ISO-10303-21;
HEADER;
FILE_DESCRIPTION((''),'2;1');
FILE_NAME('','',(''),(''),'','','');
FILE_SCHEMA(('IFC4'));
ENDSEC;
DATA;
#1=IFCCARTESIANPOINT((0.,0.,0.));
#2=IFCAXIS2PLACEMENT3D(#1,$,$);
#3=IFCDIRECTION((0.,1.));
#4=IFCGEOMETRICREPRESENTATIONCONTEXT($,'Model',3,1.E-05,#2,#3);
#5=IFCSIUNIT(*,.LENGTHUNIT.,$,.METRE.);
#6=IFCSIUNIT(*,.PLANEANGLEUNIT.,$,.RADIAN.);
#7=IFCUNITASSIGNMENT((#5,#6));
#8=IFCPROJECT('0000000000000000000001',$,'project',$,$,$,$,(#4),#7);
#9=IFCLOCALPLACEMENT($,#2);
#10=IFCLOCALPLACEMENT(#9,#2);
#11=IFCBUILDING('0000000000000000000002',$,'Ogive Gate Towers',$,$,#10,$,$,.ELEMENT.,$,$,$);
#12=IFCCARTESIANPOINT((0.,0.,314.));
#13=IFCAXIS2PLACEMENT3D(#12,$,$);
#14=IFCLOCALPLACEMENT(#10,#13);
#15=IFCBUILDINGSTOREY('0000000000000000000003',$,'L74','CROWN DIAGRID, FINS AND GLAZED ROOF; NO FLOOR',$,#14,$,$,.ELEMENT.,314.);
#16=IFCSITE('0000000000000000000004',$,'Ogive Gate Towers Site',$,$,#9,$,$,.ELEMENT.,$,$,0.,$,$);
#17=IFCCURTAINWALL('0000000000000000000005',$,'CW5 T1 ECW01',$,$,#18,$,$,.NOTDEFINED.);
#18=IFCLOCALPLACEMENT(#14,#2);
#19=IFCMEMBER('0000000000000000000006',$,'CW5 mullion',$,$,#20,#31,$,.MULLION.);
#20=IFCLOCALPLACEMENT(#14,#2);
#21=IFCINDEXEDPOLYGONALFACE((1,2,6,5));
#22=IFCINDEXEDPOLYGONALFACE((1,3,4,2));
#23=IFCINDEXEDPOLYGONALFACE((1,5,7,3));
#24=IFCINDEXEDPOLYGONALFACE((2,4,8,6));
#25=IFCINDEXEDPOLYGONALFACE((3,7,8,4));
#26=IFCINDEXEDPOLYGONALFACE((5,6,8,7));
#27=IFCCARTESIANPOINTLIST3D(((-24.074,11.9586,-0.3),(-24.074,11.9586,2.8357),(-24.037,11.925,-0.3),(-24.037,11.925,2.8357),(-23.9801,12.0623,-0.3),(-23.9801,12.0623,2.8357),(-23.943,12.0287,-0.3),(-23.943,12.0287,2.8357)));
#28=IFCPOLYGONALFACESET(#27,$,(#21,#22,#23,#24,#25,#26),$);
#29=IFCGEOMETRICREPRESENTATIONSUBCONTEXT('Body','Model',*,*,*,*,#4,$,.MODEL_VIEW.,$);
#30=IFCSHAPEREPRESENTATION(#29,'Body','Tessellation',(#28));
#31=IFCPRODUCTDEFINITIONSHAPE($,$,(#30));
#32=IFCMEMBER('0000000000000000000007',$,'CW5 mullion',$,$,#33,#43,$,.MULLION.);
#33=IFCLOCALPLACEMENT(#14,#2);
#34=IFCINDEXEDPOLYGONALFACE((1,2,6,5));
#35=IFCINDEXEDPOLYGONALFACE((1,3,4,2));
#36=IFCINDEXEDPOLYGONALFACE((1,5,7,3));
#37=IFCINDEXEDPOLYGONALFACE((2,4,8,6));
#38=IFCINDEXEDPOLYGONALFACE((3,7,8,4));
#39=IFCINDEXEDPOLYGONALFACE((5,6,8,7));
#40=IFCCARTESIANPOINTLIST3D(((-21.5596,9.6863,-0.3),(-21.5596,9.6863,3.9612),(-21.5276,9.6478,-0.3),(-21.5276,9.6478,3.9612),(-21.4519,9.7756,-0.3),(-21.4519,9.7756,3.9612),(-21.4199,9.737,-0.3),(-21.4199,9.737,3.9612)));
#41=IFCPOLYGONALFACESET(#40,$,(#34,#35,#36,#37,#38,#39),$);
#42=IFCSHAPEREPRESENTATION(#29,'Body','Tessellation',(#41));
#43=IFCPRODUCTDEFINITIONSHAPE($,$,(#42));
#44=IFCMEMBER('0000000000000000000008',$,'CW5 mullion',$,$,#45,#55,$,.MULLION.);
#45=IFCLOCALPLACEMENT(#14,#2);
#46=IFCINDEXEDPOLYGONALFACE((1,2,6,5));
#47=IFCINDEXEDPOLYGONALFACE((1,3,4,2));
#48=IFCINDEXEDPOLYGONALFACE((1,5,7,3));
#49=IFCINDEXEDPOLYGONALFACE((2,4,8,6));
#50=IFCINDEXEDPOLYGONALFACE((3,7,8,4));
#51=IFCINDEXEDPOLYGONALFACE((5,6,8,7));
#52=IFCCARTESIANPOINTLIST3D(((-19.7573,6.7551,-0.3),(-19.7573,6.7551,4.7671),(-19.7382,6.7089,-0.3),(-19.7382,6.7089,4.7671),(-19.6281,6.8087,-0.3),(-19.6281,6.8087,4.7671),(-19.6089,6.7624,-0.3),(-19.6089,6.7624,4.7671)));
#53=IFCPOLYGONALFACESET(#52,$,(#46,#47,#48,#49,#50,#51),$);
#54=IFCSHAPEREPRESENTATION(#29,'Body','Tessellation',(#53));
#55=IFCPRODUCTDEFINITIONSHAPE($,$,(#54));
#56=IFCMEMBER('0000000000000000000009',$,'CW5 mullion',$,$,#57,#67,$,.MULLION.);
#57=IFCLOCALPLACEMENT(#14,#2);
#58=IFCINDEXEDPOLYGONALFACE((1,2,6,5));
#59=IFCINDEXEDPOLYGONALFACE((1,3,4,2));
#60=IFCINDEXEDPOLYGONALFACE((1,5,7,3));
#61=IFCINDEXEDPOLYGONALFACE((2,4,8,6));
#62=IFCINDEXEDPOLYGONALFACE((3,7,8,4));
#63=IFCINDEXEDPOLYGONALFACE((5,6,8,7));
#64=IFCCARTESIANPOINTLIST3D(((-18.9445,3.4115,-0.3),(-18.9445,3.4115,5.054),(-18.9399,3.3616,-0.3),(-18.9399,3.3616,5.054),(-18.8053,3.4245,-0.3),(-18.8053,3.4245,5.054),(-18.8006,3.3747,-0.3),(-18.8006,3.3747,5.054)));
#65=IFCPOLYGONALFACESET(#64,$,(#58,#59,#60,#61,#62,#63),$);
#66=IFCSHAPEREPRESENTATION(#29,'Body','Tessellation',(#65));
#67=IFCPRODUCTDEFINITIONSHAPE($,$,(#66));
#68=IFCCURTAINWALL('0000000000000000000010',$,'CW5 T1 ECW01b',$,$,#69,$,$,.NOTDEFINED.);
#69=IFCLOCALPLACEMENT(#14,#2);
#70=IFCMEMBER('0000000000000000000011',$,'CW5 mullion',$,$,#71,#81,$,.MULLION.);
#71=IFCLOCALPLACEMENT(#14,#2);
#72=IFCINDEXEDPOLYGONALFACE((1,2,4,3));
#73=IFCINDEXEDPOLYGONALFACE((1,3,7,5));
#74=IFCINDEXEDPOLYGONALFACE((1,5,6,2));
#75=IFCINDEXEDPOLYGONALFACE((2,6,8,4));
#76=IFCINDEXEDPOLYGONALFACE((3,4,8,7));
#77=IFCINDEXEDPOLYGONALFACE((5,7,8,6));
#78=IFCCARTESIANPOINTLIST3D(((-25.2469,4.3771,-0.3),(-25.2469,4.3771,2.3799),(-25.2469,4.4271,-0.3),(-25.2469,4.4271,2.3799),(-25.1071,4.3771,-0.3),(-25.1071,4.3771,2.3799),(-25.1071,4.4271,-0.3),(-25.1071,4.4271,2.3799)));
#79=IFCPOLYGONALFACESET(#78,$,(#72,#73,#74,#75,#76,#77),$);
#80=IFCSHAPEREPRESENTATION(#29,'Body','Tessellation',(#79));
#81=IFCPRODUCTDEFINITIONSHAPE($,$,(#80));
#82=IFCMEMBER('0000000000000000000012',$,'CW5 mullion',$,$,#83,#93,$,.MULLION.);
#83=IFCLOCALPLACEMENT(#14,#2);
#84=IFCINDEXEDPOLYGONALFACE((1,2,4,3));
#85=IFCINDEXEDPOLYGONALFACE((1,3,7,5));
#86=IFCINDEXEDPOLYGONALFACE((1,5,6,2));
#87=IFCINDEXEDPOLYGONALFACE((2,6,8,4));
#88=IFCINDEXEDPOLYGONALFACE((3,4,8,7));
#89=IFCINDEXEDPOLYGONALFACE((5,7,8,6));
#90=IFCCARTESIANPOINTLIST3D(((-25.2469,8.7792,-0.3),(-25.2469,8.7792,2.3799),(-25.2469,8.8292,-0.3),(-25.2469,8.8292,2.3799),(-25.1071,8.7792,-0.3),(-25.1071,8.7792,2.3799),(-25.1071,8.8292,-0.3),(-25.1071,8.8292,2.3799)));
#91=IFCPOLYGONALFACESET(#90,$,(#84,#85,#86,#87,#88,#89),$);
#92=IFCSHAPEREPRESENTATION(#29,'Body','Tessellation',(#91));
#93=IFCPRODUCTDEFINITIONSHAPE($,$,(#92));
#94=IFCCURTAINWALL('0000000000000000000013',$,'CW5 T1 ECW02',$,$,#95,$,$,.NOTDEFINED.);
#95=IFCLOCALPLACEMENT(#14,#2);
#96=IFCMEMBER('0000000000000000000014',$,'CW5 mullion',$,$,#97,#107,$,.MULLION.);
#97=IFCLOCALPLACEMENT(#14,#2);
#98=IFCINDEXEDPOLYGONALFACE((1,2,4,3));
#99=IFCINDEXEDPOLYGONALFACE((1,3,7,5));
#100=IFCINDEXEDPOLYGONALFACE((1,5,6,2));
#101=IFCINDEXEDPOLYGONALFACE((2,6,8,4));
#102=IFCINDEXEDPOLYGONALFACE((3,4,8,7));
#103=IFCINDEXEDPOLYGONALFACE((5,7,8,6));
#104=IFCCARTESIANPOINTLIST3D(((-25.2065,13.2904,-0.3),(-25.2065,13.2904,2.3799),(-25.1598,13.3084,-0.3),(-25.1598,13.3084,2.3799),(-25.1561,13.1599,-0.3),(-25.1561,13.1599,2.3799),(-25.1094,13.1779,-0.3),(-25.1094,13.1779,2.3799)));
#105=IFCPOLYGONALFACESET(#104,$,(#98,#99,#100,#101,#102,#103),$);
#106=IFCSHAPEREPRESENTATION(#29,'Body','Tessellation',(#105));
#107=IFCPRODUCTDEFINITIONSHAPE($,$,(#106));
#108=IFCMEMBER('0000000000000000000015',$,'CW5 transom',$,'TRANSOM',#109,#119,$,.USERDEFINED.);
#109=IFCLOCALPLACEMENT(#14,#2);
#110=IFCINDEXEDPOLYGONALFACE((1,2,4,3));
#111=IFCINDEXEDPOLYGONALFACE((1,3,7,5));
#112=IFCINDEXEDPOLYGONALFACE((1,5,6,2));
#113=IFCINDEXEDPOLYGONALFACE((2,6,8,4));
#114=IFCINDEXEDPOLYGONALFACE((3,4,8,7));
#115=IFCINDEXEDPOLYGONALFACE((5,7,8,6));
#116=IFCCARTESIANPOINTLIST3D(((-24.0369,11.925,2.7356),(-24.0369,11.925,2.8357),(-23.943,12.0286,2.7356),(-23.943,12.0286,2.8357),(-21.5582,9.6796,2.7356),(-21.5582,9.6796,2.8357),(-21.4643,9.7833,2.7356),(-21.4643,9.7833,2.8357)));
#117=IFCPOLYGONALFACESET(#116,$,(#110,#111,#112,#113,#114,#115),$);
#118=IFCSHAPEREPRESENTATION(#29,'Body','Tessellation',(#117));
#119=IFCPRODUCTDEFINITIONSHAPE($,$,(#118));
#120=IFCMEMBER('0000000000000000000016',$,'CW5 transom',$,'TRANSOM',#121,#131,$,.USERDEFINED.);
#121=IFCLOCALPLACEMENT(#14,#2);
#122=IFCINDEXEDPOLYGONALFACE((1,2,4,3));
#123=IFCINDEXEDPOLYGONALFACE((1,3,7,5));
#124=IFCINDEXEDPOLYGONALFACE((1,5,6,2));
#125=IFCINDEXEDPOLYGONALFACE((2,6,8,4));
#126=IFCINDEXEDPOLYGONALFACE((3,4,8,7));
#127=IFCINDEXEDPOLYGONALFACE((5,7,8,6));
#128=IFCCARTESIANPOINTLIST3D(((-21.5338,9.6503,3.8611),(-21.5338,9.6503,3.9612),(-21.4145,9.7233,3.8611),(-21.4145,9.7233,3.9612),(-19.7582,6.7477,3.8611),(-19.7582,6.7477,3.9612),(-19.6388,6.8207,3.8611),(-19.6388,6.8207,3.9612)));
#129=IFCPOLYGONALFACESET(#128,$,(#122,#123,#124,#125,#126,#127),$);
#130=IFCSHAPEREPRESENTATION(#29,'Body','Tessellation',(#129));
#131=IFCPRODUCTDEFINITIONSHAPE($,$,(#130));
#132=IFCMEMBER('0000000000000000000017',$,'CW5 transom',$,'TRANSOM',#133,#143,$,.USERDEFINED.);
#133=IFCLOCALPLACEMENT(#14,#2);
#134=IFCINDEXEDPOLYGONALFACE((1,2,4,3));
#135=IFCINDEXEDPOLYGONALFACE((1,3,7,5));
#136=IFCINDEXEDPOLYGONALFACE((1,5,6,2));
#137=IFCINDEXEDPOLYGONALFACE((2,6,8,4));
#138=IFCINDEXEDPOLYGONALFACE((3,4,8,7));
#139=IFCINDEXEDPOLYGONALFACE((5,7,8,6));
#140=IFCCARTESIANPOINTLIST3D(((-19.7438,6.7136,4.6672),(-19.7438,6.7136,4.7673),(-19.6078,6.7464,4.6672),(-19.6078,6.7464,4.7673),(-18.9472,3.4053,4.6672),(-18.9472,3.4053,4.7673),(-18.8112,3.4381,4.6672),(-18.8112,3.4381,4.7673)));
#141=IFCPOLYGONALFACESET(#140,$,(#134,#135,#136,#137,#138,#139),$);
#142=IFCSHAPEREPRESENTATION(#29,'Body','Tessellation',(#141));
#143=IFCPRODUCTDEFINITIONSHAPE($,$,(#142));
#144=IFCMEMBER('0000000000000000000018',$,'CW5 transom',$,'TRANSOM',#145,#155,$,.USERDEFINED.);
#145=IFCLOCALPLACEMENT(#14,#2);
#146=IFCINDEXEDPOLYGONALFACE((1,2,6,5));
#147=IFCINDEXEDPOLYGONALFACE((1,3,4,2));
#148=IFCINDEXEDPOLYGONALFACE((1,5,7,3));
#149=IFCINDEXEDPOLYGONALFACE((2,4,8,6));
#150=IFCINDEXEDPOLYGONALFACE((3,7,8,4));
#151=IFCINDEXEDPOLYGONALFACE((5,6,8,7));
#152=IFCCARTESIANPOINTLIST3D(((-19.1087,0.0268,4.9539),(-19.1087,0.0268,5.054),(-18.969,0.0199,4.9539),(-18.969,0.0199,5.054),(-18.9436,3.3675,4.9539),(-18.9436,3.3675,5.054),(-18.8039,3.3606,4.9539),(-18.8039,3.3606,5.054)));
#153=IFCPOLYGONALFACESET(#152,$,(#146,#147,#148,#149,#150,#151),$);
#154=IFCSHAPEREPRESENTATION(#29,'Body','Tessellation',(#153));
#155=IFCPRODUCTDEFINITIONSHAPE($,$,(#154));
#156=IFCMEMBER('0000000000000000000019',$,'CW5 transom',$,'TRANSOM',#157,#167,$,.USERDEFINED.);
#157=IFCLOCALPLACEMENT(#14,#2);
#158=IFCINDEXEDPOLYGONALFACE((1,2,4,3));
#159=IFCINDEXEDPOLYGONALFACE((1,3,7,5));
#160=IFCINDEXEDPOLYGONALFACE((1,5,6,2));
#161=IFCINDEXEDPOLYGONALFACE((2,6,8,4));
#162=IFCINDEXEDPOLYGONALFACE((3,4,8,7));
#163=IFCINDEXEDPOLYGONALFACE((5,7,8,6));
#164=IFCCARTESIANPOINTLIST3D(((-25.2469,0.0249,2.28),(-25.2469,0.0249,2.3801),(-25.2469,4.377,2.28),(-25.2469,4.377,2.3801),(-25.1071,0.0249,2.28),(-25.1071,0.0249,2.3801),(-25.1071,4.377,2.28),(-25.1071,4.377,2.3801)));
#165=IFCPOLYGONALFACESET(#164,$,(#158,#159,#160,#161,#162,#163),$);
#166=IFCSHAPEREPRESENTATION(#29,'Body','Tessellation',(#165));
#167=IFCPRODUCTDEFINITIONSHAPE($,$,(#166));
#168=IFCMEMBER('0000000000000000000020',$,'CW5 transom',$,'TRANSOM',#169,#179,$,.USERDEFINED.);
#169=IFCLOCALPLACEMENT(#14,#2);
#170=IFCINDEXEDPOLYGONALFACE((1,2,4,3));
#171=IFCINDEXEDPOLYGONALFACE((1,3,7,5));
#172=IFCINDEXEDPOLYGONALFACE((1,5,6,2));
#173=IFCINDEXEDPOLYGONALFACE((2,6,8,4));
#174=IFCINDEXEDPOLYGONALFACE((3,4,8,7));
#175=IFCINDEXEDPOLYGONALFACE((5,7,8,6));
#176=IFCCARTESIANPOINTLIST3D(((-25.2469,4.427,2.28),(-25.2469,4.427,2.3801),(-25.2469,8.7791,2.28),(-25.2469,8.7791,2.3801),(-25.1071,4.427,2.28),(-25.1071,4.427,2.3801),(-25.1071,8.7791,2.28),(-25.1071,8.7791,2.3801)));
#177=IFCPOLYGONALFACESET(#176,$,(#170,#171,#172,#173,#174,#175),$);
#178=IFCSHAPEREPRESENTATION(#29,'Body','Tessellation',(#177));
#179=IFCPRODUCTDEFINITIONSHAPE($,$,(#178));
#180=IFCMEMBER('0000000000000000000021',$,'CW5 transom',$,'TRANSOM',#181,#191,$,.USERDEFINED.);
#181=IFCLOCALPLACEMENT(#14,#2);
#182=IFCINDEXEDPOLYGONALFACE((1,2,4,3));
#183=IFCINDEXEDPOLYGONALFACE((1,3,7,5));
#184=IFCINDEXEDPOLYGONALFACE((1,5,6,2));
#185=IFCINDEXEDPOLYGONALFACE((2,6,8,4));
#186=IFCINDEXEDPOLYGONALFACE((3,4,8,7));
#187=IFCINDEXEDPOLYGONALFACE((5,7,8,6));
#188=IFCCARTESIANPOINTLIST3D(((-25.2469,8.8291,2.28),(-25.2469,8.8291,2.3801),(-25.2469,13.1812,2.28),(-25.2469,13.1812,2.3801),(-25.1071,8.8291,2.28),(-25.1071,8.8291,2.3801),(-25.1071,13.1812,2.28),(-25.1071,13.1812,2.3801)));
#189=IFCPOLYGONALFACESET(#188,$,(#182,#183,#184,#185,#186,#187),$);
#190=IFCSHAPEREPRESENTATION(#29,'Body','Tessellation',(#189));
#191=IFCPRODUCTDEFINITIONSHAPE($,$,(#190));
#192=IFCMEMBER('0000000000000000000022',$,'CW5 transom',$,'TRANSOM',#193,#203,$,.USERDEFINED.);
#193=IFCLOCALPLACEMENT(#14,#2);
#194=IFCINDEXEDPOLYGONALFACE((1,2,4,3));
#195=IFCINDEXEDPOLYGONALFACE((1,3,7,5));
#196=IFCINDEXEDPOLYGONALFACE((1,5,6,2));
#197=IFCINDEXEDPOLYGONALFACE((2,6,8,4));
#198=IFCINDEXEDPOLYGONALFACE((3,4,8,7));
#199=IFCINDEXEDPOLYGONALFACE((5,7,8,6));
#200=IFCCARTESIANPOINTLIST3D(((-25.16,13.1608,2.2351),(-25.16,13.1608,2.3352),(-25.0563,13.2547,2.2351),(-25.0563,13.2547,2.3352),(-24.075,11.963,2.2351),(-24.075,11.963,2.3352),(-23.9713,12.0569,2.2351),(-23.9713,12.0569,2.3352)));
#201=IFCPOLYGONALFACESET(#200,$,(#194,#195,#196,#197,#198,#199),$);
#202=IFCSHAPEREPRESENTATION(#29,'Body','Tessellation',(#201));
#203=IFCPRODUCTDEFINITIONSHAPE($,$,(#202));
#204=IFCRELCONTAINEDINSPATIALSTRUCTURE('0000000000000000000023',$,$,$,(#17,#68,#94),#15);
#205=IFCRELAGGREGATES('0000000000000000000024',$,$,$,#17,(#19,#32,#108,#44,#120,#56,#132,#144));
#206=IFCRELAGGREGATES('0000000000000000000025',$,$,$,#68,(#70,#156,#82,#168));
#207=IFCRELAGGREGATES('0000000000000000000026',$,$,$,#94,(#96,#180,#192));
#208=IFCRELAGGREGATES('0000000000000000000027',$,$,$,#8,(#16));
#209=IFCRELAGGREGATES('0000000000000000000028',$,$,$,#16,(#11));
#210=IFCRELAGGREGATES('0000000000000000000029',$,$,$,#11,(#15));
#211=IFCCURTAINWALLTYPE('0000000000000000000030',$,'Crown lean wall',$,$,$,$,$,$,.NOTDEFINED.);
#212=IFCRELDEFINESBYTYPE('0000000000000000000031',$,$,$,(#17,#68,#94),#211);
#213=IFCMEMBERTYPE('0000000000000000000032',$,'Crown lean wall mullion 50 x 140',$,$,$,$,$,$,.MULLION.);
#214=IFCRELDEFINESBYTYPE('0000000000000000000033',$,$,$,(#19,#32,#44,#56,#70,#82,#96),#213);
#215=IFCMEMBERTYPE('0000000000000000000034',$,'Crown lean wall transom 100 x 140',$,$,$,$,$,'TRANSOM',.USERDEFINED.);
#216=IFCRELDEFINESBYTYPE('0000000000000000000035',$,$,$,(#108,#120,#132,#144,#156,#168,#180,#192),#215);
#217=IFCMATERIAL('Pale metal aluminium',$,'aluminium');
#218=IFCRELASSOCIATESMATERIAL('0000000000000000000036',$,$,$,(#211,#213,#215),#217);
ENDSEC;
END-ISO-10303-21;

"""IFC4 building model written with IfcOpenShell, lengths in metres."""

from ifc_helpers import new_model, si_unit, direction, frame, origin, origin_2d, place, context, subcontext, project, spatial, rectangle, extrude, material, material_profile, profile_set, type_object, element, aggregate, save


model = new_model("IFC4")

# Units and contexts
model_context = context("Model", 3, precision=1e-05, world=origin(), true_north=direction((0.0, 1.0)))
body_context = subcontext(model_context, "Body", "Model", "MODEL_VIEW")
ifc_project = project(units=[si_unit("LENGTHUNIT", "METRE"), si_unit("PLANEANGLEUNIT", "RADIAN")], contexts=[model_context])

# Site, building, storey
site_placement = place(None, origin())
site = spatial("IfcSite", under=ifc_project, at=site_placement, Name="Ogive Gate Towers Site", CompositionType="ELEMENT", RefElevation=0.0)
building_placement = place(site_placement, origin())
building = spatial("IfcBuilding", under=site, at=building_placement, Name="Ogive Gate Towers", CompositionType="ELEMENT")
storey_placement = place(building_placement, frame((0.0, 0.0, 314.0)))
storey = spatial("IfcBuildingStorey", under=building, at=storey_placement, Name="L74", Description="CROWN DIAGRID, FINS AND GLAZED ROOF; NO FLOOR", CompositionType="ELEMENT", Elevation=314.0)

# Curtain walls, members
ifc_material_1 = material(Name="Pale metal aluminium", Category="aluminium")
curtain_wall_type = type_object("IfcCurtainWallType", Name="Crown lean wall", PredefinedType="NOTDEFINED", material=ifc_material_1)
curtain_wall_1_placement = place(storey_placement, origin())
curtain_wall_1 = element("IfcCurtainWall", 1, at=curtain_wall_1_placement, inside=storey, type_object=curtain_wall_type, Name="CW5 T1 ECW01", PredefinedType="NOTDEFINED")
ifc_material_profile_1 = material_profile(ifc_material_1, rectangle(XDim=0.1399, YDim=0.05, at=origin_2d()), Name="50 x 140 aluminium box")
ifc_profile_set_1 = profile_set([ifc_material_profile_1], Name="Pale metal aluminium")
member_type_1 = type_object("IfcMemberType", Name="Crown lean wall mullion 50 x 140", PredefinedType="MULLION", material=ifc_profile_set_1)
member_1_placement = place(storey_placement, frame((-24.0085, 11.9937, -0.3), z_axis=(0.0, 0.0, 1.0), x_axis=(-0.671346, -0.741144, 0.0)))
member_1 = element("IfcMember", 2, at=member_1_placement, type_object=member_type_1, Name="CW5 mullion", PredefinedType="MULLION", context=body_context, shape_type="SweptSolid", body=[
    extrude(rectangle(XDim=0.1399, YDim=0.05, at=origin_2d()), origin(), (0.0, 0.0, 1.0), 3.1357),
])
member_2_placement = place(storey_placement, frame((-21.4897, 9.7117, -0.3), z_axis=(0.0, 0.0, 1.0), x_axis=(-0.770035, -0.638002, 0.0)))
member_2 = element("IfcMember", 3, at=member_2_placement, type_object=member_type_1, Name="CW5 mullion", PredefinedType="MULLION", context=body_context, shape_type="SweptSolid", body=[
    extrude(rectangle(XDim=0.1399, YDim=0.05, at=origin_2d()), origin(), (0.0, 0.0, 1.0), 4.2612),
])
member_3_placement = place(storey_placement, frame((-19.6831, 6.7588, -0.3), z_axis=(0.0, 0.0, 1.0), x_axis=(-0.92388, -0.382683, 0.0)))
member_3 = element("IfcMember", 4, at=member_3_placement, type_object=member_type_1, Name="CW5 mullion", PredefinedType="MULLION", context=body_context, shape_type="SweptSolid", body=[
    extrude(rectangle(XDim=0.1399, YDim=0.05, at=origin_2d()), origin(), (0.0, 0.0, 1.0), 5.0671),
])
member_4_placement = place(storey_placement, frame((-18.8726, 3.3931, -0.3), z_axis=(0.0, 0.0, 1.0), x_axis=(-0.995632, -0.093361, 0.0)))
member_4 = element("IfcMember", 5, at=member_4_placement, type_object=member_type_1, Name="CW5 mullion", PredefinedType="MULLION", context=body_context, shape_type="SweptSolid", body=[
    extrude(rectangle(XDim=0.1399, YDim=0.05, at=origin_2d()), origin(), (0.0, 0.0, 1.0), 5.354),
])
curtain_wall_2_placement = place(storey_placement, origin())
curtain_wall_2 = element("IfcCurtainWall", 6, at=curtain_wall_2_placement, inside=storey, type_object=curtain_wall_type, Name="CW5 T1 ECW01b", PredefinedType="NOTDEFINED")
member_5_placement = place(storey_placement, frame((-25.177, 4.4021, -0.3), z_axis=(0.0, 0.0, 1.0), x_axis=(1.0, 0.0, 0.0)))
member_5 = element("IfcMember", 7, at=member_5_placement, type_object=member_type_1, Name="CW5 mullion", PredefinedType="MULLION", context=body_context, shape_type="SweptSolid", body=[
    extrude(rectangle(XDim=0.1399, YDim=0.05, at=origin_2d()), origin(), (0.0, 0.0, 1.0), 2.6799),
])
member_6_placement = place(storey_placement, frame((-25.177, 8.8042, -0.3), z_axis=(0.0, 0.0, 1.0), x_axis=(1.0, 0.0, 0.0)))
member_6 = element("IfcMember", 8, at=member_6_placement, type_object=member_type_1, Name="CW5 mullion", PredefinedType="MULLION", context=body_context, shape_type="SweptSolid", body=[
    extrude(rectangle(XDim=0.1399, YDim=0.05, at=origin_2d()), origin(), (0.0, 0.0, 1.0), 2.6799),
])

# Curtain wall, member
curtain_wall_3_placement = place(storey_placement, origin())
curtain_wall_3 = element("IfcCurtainWall", 9, at=curtain_wall_3_placement, inside=storey, type_object=curtain_wall_type, Name="CW5 T1 ECW02", PredefinedType="NOTDEFINED")
member_7_placement = place(storey_placement, frame((-25.158, 13.2341, -0.3), z_axis=(0.0, 0.0, 1.0), x_axis=(0.359785, -0.933035, 0.0)))
member_7 = element("IfcMember", 10, at=member_7_placement, type_object=member_type_1, Name="CW5 mullion", PredefinedType="MULLION", context=body_context, shape_type="SweptSolid", body=[
    extrude(rectangle(XDim=0.1399, YDim=0.05, at=origin_2d()), origin(), (0.0, 0.0, 1.0), 2.6799),
])

# Members
ifc_material_profile_2 = material_profile(ifc_material_1, rectangle(XDim=0.1399, YDim=0.1001, at=origin_2d()), Name="100 x 140 aluminium box")
ifc_profile_set_2 = profile_set([ifc_material_profile_2], Name="Pale metal aluminium")
member_type_2 = type_object("IfcMemberType", Name="Crown lean wall transom 100 x 140", ElementType="TRANSOM", PredefinedType="USERDEFINED", material=ifc_profile_set_2)
member_8_placement = place(storey_placement, frame((-23.99, 11.9768, 2.7856), z_axis=(0.741138, -0.671353, 0.0), x_axis=(0.671353, 0.741138, 0.0)))
member_8 = element("IfcMember", 11, at=member_8_placement, type_object=member_type_2, Name="CW5 transom", ObjectType="TRANSOM", PredefinedType="USERDEFINED", context=body_context, shape_type="SweptSolid", body=[
    extrude(rectangle(XDim=0.1399, YDim=0.1001, at=origin_2d()), origin(), (0.0, 0.0, 1.0), 3.3445),
])
member_9_placement = place(storey_placement, frame((-21.4741, 9.6868, 3.9111), z_axis=(0.521842, -0.853042, 0.0), x_axis=(0.853042, 0.521842, 0.0)))
member_9 = element("IfcMember", 12, at=member_9_placement, type_object=member_type_2, Name="CW5 transom", ObjectType="TRANSOM", PredefinedType="USERDEFINED", context=body_context, shape_type="SweptSolid", body=[
    extrude(rectangle(XDim=0.1399, YDim=0.1001, at=origin_2d()), origin(), (0.0, 0.0, 1.0), 3.4026),
])
member_10_placement = place(storey_placement, frame((-19.6758, 6.73, 4.7173), z_axis=(0.234103, -0.972212, 0.0), x_axis=(0.972212, 0.234103, 0.0)))
member_10 = element("IfcMember", 13, at=member_10_placement, type_object=member_type_2, Name="CW5 transom", ObjectType="TRANSOM", PredefinedType="USERDEFINED", context=body_context, shape_type="SweptSolid", body=[
    extrude(rectangle(XDim=0.1399, YDim=0.1001, at=origin_2d()), origin(), (0.0, 0.0, 1.0), 3.4028),
])
member_11_placement = place(storey_placement, frame((-18.8738, 3.364, 5.0039), z_axis=(-0.049344, -0.998782, 0.0), x_axis=(0.998782, -0.049344, 0.0)))
member_11 = element("IfcMember", 14, at=member_11_placement, type_object=member_type_2, Name="CW5 transom", ObjectType="TRANSOM", PredefinedType="USERDEFINED", context=body_context, shape_type="SweptSolid", body=[
    extrude(rectangle(XDim=0.1399, YDim=0.1001, at=origin_2d()), origin(), (0.0, 0.0, 1.0), 3.3447),
])
member_12_placement = place(storey_placement, frame((-25.177, 0.0249, 2.3301), z_axis=(0.0, 1.0, 0.0), x_axis=(-1.0, 0.0, 0.0)))
member_12 = element("IfcMember", 15, at=member_12_placement, type_object=member_type_2, Name="CW5 transom", ObjectType="TRANSOM", PredefinedType="USERDEFINED", context=body_context, shape_type="SweptSolid", body=[
    extrude(rectangle(XDim=0.1399, YDim=0.1001, at=origin_2d()), origin(), (0.0, 0.0, 1.0), 4.3521),
])
member_13_placement = place(storey_placement, frame((-25.177, 4.427, 2.3301), z_axis=(0.0, 1.0, 0.0), x_axis=(-1.0, 0.0, 0.0)))
member_13 = element("IfcMember", 16, at=member_13_placement, type_object=member_type_2, Name="CW5 transom", ObjectType="TRANSOM", PredefinedType="USERDEFINED", context=body_context, shape_type="SweptSolid", body=[
    extrude(rectangle(XDim=0.1399, YDim=0.1001, at=origin_2d()), origin(), (0.0, 0.0, 1.0), 4.3521),
])
member_14_placement = place(storey_placement, frame((-25.177, 8.8291, 2.3301), z_axis=(0.0, 1.0, 0.0), x_axis=(-1.0, 0.0, 0.0)))
member_14 = element("IfcMember", 17, at=member_14_placement, type_object=member_type_2, Name="CW5 transom", ObjectType="TRANSOM", PredefinedType="USERDEFINED", context=body_context, shape_type="SweptSolid", body=[
    extrude(rectangle(XDim=0.1399, YDim=0.1001, at=origin_2d()), origin(), (0.0, 0.0, 1.0), 4.3521),
])
member_15_placement = place(storey_placement, frame((-25.1082, 13.2078, 2.2852), z_axis=(0.671348, -0.741142, 0.0), x_axis=(0.741142, 0.671348, 0.0)))
member_15 = element("IfcMember", 18, at=member_15_placement, type_object=member_type_2, Name="CW5 transom", ObjectType="TRANSOM", PredefinedType="USERDEFINED", context=body_context, shape_type="SweptSolid", body=[
    extrude(rectangle(XDim=0.1399, YDim=0.1001, at=origin_2d()), origin(), (0.0, 0.0, 1.0), 1.6162),
])

aggregate(curtain_wall_1, [member_1, member_2, member_8, member_3, member_9, member_4, member_10, member_11])
aggregate(curtain_wall_2, [member_5, member_12, member_6, member_13])
aggregate(curtain_wall_3, [member_7, member_14, member_15])

save(model, "model.ifc")
